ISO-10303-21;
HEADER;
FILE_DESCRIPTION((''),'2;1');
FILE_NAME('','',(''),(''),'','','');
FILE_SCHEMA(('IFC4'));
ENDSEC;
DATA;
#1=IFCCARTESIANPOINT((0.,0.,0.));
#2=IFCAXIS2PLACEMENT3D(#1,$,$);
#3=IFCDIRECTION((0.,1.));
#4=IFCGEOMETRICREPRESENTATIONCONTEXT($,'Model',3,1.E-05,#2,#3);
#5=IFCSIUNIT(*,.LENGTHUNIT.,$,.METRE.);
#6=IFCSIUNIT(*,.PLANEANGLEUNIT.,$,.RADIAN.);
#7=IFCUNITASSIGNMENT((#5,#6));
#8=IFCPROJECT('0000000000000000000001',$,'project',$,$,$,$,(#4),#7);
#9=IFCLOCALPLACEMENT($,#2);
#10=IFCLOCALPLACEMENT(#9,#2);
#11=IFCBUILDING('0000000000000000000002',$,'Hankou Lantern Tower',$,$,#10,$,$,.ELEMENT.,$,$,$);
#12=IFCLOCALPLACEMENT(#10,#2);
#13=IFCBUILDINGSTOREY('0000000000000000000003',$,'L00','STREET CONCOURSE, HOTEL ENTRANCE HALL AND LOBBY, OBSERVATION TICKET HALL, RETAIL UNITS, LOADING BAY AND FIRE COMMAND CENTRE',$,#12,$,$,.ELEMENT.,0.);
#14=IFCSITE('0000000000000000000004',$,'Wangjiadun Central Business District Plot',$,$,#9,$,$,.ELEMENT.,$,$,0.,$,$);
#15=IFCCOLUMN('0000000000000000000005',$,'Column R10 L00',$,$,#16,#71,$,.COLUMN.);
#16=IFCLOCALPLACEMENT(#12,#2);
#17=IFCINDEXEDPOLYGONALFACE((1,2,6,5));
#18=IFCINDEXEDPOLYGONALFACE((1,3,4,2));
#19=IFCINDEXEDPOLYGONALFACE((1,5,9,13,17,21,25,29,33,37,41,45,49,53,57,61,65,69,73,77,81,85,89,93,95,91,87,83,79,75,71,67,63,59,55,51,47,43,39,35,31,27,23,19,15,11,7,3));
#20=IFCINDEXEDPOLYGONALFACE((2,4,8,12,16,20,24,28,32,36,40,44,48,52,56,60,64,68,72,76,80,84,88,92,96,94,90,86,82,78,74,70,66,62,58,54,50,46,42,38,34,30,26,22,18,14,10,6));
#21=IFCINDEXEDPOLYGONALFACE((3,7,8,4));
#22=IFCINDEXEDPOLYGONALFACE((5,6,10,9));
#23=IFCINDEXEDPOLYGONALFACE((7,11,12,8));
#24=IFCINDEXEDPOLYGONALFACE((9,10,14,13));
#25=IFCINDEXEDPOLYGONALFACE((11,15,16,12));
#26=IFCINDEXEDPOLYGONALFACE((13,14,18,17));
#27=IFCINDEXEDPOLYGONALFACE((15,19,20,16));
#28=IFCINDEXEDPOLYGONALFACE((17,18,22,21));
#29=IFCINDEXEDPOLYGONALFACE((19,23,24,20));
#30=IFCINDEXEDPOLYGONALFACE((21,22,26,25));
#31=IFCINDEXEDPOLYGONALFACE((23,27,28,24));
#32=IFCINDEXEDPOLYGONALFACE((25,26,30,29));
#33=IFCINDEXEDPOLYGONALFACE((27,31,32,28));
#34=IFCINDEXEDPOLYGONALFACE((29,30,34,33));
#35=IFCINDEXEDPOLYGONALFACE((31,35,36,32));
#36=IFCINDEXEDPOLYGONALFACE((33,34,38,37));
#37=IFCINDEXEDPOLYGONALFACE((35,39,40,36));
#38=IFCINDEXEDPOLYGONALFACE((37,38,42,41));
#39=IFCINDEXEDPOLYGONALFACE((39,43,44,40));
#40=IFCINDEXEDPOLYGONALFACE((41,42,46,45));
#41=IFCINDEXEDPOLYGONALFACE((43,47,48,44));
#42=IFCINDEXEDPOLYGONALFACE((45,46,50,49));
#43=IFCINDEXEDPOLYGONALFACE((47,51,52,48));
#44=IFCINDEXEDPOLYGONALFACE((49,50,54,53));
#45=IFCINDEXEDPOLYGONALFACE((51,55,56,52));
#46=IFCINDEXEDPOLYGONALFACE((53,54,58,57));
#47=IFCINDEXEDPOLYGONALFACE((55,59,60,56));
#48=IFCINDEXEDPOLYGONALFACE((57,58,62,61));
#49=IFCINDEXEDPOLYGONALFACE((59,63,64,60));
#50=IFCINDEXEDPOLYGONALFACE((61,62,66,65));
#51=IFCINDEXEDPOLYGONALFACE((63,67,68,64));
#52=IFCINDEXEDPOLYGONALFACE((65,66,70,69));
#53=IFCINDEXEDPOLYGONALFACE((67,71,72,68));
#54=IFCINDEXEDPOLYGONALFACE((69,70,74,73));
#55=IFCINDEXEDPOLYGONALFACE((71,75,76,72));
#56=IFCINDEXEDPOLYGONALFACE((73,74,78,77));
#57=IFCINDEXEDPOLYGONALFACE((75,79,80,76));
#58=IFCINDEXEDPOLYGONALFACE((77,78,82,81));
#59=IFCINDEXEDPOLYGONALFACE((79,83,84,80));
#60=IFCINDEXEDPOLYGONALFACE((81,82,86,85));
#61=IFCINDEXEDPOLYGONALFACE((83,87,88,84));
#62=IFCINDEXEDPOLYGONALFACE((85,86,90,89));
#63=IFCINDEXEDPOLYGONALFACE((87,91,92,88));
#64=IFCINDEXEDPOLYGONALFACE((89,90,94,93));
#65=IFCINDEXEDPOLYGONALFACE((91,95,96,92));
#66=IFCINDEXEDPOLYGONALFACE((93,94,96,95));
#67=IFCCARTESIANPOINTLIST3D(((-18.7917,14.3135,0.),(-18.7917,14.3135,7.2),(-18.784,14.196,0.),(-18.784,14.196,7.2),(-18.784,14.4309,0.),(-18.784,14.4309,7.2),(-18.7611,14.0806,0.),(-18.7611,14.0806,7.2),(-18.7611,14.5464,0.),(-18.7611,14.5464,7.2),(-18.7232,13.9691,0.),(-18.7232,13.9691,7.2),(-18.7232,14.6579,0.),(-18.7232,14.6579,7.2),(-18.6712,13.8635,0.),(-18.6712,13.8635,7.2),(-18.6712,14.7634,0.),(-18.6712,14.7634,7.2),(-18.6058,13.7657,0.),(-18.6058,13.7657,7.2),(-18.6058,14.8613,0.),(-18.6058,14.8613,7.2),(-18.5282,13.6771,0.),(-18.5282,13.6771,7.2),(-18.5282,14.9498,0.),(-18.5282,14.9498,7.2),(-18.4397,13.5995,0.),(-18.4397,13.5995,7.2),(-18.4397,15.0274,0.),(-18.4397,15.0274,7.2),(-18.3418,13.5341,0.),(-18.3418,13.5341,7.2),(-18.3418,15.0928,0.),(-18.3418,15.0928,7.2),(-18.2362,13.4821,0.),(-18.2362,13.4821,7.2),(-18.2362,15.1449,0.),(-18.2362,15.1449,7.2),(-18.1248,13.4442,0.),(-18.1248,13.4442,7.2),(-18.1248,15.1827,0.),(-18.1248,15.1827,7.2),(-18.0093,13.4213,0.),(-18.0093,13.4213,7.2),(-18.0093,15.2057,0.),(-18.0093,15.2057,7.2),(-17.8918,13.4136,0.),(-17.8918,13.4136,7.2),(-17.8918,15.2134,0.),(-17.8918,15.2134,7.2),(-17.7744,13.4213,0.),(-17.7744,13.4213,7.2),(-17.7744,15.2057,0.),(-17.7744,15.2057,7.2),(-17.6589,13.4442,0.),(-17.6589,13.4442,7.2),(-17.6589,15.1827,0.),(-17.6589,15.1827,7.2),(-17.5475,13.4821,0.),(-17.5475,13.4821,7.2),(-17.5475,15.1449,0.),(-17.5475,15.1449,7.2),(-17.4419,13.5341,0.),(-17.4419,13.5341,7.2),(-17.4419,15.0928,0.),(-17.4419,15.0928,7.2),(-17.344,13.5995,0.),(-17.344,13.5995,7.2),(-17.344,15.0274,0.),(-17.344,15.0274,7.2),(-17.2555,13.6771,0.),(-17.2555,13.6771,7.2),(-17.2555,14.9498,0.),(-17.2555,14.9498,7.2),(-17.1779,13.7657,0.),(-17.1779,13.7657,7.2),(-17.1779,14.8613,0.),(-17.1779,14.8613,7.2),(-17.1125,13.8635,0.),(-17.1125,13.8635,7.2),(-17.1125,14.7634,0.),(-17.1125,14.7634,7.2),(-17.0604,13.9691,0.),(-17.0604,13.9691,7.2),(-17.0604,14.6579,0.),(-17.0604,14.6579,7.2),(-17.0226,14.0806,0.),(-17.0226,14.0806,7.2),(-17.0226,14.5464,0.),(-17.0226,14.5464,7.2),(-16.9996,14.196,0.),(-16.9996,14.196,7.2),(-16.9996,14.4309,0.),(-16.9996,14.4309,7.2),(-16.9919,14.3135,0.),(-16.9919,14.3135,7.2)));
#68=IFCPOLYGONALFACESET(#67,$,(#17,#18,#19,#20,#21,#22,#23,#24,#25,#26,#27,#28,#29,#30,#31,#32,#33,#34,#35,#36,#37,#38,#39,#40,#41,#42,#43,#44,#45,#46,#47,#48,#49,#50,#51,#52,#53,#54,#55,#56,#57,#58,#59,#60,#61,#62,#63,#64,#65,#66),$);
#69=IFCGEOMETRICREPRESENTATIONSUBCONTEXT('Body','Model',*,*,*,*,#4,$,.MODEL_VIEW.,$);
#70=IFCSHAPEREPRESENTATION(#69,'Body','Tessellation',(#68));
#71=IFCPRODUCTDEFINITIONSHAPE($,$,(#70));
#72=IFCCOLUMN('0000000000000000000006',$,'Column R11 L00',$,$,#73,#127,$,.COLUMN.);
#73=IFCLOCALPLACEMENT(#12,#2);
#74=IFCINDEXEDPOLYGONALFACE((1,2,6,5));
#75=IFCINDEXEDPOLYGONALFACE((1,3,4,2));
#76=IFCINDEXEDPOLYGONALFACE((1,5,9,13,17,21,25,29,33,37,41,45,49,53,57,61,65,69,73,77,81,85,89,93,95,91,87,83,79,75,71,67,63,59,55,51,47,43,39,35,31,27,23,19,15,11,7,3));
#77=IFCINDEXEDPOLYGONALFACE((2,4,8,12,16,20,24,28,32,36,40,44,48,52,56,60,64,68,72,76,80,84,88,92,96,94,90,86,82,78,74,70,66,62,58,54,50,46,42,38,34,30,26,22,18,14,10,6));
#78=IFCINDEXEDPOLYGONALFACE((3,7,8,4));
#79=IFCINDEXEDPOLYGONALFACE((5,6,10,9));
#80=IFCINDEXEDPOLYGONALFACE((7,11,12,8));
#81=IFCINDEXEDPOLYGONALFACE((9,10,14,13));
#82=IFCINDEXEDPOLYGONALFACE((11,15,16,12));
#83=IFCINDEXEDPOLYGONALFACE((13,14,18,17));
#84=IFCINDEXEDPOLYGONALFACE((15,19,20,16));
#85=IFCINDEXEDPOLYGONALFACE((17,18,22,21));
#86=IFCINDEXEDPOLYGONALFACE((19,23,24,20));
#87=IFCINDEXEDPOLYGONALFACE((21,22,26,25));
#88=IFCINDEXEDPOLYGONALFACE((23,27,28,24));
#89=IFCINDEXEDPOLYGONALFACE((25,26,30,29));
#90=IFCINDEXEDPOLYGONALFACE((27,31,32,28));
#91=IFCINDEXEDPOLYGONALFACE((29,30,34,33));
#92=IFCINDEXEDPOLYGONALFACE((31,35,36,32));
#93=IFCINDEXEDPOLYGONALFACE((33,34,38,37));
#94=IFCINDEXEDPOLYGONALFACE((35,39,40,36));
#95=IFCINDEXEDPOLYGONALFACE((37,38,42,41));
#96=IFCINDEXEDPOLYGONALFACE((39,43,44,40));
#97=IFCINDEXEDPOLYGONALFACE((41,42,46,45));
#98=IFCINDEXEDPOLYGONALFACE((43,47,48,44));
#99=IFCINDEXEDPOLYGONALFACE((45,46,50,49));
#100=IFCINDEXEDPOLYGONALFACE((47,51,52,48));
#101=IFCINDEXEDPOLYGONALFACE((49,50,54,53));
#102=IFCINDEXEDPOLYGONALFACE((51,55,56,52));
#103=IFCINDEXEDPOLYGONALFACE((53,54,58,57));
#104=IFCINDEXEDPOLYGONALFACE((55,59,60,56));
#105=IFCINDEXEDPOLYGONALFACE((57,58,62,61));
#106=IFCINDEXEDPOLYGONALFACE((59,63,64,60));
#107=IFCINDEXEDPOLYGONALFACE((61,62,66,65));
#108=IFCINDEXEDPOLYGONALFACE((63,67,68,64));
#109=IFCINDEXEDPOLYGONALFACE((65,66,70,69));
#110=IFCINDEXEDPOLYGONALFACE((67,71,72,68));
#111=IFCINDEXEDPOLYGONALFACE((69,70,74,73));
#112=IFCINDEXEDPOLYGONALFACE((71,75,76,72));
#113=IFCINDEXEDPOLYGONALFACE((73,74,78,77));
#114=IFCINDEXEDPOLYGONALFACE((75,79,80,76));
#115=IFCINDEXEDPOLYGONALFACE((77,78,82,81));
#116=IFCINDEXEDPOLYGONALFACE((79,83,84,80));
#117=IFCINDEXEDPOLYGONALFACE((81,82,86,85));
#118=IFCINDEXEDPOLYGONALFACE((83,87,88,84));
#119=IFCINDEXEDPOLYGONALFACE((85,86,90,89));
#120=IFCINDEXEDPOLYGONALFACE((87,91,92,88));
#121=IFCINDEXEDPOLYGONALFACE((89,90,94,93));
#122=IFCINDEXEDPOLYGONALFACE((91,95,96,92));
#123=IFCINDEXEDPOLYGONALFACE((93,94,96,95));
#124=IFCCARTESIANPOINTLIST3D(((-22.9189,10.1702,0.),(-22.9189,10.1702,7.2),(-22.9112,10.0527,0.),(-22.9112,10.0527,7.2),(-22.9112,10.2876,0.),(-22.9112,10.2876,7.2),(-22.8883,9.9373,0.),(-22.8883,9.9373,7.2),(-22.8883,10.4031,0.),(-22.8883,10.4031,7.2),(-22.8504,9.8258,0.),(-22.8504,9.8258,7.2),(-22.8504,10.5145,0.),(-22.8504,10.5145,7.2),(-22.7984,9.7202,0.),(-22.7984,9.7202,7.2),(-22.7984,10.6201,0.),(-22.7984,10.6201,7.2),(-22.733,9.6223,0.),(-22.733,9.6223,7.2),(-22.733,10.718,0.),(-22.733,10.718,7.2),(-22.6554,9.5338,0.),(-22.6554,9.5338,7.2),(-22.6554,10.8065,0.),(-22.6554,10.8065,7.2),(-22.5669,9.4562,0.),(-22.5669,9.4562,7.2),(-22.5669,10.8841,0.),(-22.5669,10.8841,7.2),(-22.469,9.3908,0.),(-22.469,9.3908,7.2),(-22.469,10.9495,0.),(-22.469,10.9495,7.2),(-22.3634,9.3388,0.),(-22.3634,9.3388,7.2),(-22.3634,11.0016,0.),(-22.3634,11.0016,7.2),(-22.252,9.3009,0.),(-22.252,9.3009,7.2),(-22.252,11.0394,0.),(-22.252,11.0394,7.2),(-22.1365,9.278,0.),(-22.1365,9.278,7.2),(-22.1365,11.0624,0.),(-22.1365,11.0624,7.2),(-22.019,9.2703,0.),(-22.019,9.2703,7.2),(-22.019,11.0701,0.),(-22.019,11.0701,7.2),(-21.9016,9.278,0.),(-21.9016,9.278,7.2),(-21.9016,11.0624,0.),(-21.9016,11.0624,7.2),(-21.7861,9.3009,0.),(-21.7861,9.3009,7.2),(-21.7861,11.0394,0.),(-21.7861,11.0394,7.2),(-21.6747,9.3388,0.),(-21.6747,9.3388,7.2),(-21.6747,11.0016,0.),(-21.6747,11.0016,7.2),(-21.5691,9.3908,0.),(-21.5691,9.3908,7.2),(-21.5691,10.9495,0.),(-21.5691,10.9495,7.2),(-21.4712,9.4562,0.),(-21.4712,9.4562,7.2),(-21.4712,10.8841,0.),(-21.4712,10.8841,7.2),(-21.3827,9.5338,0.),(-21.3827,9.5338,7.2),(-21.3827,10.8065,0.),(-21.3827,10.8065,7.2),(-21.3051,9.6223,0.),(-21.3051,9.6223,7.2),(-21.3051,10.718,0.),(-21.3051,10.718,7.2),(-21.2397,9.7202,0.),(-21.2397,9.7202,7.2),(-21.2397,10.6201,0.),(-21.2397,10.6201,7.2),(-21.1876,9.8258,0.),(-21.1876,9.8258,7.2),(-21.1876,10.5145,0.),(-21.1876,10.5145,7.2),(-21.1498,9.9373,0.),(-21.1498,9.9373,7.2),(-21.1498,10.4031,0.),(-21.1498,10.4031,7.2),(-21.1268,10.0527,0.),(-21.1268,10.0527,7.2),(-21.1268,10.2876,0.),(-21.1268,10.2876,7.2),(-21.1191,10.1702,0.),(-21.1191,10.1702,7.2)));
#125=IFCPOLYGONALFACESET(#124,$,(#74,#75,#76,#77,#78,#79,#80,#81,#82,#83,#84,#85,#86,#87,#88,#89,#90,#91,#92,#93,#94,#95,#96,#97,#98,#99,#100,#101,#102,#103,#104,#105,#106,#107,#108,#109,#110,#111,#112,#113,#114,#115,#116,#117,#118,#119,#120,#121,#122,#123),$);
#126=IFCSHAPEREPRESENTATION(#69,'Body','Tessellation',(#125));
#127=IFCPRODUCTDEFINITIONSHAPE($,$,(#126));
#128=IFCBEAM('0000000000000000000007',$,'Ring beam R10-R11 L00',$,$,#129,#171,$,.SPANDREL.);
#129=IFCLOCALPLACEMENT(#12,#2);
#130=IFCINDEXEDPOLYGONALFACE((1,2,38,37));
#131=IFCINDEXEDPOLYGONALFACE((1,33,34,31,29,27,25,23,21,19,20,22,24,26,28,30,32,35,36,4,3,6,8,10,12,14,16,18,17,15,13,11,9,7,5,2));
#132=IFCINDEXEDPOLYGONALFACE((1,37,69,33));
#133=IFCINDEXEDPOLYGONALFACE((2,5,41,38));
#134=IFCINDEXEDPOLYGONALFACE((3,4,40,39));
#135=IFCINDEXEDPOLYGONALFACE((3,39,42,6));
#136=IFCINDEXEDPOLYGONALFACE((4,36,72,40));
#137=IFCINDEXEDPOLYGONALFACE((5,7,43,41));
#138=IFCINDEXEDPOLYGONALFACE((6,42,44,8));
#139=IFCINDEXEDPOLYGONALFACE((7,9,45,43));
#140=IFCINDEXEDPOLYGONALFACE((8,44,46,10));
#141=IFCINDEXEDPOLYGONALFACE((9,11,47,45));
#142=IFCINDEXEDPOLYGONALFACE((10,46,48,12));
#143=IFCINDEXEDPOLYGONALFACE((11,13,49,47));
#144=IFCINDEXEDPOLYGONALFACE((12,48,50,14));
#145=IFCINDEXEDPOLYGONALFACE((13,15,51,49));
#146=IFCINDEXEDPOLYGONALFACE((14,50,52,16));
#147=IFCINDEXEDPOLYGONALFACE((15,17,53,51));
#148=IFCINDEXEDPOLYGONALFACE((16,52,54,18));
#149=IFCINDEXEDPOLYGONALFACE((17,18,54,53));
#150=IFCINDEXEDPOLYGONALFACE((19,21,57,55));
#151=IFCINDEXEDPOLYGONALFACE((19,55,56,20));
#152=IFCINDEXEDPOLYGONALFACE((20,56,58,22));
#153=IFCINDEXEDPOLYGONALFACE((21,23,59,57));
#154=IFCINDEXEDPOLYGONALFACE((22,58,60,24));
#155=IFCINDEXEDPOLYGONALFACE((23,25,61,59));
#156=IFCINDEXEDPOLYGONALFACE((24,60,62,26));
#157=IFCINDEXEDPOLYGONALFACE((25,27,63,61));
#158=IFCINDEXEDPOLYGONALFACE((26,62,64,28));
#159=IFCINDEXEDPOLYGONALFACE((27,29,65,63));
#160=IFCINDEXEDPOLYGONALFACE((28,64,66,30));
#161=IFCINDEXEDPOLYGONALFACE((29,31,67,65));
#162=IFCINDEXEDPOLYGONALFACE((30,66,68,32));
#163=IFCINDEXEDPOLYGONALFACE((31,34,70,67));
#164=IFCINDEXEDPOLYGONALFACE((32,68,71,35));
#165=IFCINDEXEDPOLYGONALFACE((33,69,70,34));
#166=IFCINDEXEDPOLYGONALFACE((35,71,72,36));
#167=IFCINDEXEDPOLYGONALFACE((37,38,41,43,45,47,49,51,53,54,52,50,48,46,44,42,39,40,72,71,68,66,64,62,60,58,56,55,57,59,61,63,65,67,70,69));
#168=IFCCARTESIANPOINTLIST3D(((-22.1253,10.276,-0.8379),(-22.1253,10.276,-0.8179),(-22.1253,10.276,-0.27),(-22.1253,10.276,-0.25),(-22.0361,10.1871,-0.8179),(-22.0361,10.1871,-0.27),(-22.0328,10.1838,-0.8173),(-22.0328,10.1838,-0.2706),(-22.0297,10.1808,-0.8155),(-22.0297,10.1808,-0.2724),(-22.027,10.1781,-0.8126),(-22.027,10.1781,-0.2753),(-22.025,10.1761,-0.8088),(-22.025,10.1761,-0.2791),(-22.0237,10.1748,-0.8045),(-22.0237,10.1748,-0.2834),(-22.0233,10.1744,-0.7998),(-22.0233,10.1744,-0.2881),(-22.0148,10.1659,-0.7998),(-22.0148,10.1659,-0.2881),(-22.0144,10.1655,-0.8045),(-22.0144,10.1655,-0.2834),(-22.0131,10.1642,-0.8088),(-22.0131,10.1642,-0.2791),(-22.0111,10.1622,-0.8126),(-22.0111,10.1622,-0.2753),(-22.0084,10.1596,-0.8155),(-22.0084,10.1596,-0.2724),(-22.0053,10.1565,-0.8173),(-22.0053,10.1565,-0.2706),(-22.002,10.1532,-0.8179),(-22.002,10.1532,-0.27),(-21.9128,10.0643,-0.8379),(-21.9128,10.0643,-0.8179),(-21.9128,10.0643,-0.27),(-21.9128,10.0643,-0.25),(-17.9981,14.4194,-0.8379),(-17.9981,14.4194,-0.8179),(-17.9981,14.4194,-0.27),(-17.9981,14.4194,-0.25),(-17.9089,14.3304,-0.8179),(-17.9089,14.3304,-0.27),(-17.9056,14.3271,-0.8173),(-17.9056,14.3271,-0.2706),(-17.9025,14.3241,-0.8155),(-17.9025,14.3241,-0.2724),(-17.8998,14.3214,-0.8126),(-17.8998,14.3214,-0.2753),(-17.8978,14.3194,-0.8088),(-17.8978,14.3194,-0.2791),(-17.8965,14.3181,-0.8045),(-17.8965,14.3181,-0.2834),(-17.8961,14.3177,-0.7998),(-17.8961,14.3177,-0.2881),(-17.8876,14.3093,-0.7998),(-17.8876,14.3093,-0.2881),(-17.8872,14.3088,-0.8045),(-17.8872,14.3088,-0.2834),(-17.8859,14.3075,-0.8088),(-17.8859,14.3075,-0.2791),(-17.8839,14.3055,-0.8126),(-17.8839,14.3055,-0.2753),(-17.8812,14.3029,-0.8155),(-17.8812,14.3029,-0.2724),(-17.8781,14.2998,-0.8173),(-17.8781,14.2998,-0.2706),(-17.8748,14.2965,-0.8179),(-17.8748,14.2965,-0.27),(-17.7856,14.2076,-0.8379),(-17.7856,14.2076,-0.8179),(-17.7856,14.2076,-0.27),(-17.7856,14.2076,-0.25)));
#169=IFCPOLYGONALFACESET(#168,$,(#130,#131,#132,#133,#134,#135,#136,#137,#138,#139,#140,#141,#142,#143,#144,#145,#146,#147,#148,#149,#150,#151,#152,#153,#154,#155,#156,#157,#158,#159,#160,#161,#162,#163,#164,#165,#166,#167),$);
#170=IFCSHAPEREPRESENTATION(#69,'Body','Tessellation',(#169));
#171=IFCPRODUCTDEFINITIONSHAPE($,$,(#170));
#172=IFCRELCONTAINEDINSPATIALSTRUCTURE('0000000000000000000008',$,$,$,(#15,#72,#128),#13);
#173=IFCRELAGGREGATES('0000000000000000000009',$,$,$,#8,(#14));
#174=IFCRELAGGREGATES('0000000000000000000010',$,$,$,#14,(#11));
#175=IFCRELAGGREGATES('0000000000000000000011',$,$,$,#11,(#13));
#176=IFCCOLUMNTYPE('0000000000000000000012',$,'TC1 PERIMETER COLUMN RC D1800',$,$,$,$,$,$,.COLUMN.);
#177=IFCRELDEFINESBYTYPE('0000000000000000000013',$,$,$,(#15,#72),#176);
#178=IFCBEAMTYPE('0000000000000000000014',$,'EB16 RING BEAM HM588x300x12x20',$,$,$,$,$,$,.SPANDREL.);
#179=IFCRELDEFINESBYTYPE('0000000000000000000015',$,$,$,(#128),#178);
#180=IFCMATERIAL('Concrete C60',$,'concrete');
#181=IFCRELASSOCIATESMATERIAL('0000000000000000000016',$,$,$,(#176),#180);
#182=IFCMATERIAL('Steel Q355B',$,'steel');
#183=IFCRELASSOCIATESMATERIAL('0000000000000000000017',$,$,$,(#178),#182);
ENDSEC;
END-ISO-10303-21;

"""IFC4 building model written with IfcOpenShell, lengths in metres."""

from ifc_helpers import new_model, si_unit, direction, frame, origin, origin_2d, place, context, subcontext, project, spatial, circle, i_section, extrude, material, material_profile, profile_set, type_object, element, save


model = new_model("IFC4")

# Units and contexts
model_context = context("Model", 3, precision=1e-05, world=origin(), true_north=direction((0.0, 1.0)))
body_context = subcontext(model_context, "Body", "Model", "MODEL_VIEW")
ifc_project = project(units=[si_unit("LENGTHUNIT", "METRE"), si_unit("PLANEANGLEUNIT", "RADIAN")], contexts=[model_context])

# Site, building, storey
site_placement = place(None, origin())
site = spatial("IfcSite", under=ifc_project, at=site_placement, Name="Wangjiadun Central Business District Plot", CompositionType="ELEMENT", RefElevation=0.0)
building_placement = place(site_placement, origin())
building = spatial("IfcBuilding", under=site, at=building_placement, Name="Hankou Lantern Tower", CompositionType="ELEMENT")
storey_placement = place(building_placement, origin())
storey = spatial("IfcBuildingStorey", under=building, at=storey_placement, Name="L00", Description="STREET CONCOURSE, HOTEL ENTRANCE HALL AND LOBBY, OBSERVATION TICKET HALL, RETAIL UNITS, LOADING BAY AND FIRE COMMAND CENTRE", CompositionType="ELEMENT", Elevation=0.0)

# Columns
ifc_material_1 = material(Name="Concrete C60", Category="concrete")
ifc_material_profile_1 = material_profile(ifc_material_1, circle(Radius=0.8999, at=origin_2d()), Name="RC D1800")
ifc_profile_set_1 = profile_set([ifc_material_profile_1], Name="Concrete C60")
column_type = type_object("IfcColumnType", Name="TC1 PERIMETER COLUMN RC D1800", PredefinedType="COLUMN", material=ifc_profile_set_1)
for number, where, z_axis, x_axis, name in (
    (1, (-17.8918, 14.3135, 0.0), (0.0, 0.0, 1.0), (1.0, 0.0, 0.0), "Column R10 L00"),
    (2, (-22.019, 10.1702, 0.0), (0.0, 0.0, 1.0), (1.0, 0.0, 0.0), "Column R11 L00"),
):
    element("IfcColumn", number, at=place(storey_placement, frame(where, z_axis=z_axis, x_axis=x_axis)), inside=storey, type_object=column_type, Name=name, PredefinedType="COLUMN", context=body_context, shape_type="SweptSolid", body=[
        extrude(circle(Radius=0.8999, at=origin_2d()), origin(), (0.0, 0.0, 1.0), 7.2),
    ])

# Beam
ifc_material_2 = material(Name="Steel Q355B", Category="steel")
ifc_material_profile_2 = material_profile(ifc_material_2, i_section(OverallWidth=0.3, OverallDepth=0.5879, WebThickness=0.012, FlangeThickness=0.02, FilletRadius=0.0181, at=origin_2d()), Name="HM588x300x12x20")
ifc_profile_set_2 = profile_set([ifc_material_profile_2], Name="Steel Q355B")
beam_type_1 = type_object("IfcBeamType", Name="EB16 RING BEAM HM588x300x12x20", PredefinedType="SPANDREL", material=ifc_profile_set_2)
beam_1_placement = place(storey_placement, frame((-17.8918, 14.3135, -0.5439), z_axis=(-0.705728, -0.708483, 0.0), x_axis=(0.708483, -0.705728, 0.0)))
element("IfcBeam", 3, at=beam_1_placement, inside=storey, type_object=beam_type_1, Name="Ring beam R10-R11 L00", PredefinedType="SPANDREL", context=body_context, shape_type="SweptSolid", body=[
    extrude(i_section(OverallWidth=0.3, OverallDepth=0.5879, WebThickness=0.012, FlangeThickness=0.02, FilletRadius=0.0181, at=origin_2d()), origin(), (0.0, 0.0, 1.0), 5.8481),
])

save(model, "model.ifc")
